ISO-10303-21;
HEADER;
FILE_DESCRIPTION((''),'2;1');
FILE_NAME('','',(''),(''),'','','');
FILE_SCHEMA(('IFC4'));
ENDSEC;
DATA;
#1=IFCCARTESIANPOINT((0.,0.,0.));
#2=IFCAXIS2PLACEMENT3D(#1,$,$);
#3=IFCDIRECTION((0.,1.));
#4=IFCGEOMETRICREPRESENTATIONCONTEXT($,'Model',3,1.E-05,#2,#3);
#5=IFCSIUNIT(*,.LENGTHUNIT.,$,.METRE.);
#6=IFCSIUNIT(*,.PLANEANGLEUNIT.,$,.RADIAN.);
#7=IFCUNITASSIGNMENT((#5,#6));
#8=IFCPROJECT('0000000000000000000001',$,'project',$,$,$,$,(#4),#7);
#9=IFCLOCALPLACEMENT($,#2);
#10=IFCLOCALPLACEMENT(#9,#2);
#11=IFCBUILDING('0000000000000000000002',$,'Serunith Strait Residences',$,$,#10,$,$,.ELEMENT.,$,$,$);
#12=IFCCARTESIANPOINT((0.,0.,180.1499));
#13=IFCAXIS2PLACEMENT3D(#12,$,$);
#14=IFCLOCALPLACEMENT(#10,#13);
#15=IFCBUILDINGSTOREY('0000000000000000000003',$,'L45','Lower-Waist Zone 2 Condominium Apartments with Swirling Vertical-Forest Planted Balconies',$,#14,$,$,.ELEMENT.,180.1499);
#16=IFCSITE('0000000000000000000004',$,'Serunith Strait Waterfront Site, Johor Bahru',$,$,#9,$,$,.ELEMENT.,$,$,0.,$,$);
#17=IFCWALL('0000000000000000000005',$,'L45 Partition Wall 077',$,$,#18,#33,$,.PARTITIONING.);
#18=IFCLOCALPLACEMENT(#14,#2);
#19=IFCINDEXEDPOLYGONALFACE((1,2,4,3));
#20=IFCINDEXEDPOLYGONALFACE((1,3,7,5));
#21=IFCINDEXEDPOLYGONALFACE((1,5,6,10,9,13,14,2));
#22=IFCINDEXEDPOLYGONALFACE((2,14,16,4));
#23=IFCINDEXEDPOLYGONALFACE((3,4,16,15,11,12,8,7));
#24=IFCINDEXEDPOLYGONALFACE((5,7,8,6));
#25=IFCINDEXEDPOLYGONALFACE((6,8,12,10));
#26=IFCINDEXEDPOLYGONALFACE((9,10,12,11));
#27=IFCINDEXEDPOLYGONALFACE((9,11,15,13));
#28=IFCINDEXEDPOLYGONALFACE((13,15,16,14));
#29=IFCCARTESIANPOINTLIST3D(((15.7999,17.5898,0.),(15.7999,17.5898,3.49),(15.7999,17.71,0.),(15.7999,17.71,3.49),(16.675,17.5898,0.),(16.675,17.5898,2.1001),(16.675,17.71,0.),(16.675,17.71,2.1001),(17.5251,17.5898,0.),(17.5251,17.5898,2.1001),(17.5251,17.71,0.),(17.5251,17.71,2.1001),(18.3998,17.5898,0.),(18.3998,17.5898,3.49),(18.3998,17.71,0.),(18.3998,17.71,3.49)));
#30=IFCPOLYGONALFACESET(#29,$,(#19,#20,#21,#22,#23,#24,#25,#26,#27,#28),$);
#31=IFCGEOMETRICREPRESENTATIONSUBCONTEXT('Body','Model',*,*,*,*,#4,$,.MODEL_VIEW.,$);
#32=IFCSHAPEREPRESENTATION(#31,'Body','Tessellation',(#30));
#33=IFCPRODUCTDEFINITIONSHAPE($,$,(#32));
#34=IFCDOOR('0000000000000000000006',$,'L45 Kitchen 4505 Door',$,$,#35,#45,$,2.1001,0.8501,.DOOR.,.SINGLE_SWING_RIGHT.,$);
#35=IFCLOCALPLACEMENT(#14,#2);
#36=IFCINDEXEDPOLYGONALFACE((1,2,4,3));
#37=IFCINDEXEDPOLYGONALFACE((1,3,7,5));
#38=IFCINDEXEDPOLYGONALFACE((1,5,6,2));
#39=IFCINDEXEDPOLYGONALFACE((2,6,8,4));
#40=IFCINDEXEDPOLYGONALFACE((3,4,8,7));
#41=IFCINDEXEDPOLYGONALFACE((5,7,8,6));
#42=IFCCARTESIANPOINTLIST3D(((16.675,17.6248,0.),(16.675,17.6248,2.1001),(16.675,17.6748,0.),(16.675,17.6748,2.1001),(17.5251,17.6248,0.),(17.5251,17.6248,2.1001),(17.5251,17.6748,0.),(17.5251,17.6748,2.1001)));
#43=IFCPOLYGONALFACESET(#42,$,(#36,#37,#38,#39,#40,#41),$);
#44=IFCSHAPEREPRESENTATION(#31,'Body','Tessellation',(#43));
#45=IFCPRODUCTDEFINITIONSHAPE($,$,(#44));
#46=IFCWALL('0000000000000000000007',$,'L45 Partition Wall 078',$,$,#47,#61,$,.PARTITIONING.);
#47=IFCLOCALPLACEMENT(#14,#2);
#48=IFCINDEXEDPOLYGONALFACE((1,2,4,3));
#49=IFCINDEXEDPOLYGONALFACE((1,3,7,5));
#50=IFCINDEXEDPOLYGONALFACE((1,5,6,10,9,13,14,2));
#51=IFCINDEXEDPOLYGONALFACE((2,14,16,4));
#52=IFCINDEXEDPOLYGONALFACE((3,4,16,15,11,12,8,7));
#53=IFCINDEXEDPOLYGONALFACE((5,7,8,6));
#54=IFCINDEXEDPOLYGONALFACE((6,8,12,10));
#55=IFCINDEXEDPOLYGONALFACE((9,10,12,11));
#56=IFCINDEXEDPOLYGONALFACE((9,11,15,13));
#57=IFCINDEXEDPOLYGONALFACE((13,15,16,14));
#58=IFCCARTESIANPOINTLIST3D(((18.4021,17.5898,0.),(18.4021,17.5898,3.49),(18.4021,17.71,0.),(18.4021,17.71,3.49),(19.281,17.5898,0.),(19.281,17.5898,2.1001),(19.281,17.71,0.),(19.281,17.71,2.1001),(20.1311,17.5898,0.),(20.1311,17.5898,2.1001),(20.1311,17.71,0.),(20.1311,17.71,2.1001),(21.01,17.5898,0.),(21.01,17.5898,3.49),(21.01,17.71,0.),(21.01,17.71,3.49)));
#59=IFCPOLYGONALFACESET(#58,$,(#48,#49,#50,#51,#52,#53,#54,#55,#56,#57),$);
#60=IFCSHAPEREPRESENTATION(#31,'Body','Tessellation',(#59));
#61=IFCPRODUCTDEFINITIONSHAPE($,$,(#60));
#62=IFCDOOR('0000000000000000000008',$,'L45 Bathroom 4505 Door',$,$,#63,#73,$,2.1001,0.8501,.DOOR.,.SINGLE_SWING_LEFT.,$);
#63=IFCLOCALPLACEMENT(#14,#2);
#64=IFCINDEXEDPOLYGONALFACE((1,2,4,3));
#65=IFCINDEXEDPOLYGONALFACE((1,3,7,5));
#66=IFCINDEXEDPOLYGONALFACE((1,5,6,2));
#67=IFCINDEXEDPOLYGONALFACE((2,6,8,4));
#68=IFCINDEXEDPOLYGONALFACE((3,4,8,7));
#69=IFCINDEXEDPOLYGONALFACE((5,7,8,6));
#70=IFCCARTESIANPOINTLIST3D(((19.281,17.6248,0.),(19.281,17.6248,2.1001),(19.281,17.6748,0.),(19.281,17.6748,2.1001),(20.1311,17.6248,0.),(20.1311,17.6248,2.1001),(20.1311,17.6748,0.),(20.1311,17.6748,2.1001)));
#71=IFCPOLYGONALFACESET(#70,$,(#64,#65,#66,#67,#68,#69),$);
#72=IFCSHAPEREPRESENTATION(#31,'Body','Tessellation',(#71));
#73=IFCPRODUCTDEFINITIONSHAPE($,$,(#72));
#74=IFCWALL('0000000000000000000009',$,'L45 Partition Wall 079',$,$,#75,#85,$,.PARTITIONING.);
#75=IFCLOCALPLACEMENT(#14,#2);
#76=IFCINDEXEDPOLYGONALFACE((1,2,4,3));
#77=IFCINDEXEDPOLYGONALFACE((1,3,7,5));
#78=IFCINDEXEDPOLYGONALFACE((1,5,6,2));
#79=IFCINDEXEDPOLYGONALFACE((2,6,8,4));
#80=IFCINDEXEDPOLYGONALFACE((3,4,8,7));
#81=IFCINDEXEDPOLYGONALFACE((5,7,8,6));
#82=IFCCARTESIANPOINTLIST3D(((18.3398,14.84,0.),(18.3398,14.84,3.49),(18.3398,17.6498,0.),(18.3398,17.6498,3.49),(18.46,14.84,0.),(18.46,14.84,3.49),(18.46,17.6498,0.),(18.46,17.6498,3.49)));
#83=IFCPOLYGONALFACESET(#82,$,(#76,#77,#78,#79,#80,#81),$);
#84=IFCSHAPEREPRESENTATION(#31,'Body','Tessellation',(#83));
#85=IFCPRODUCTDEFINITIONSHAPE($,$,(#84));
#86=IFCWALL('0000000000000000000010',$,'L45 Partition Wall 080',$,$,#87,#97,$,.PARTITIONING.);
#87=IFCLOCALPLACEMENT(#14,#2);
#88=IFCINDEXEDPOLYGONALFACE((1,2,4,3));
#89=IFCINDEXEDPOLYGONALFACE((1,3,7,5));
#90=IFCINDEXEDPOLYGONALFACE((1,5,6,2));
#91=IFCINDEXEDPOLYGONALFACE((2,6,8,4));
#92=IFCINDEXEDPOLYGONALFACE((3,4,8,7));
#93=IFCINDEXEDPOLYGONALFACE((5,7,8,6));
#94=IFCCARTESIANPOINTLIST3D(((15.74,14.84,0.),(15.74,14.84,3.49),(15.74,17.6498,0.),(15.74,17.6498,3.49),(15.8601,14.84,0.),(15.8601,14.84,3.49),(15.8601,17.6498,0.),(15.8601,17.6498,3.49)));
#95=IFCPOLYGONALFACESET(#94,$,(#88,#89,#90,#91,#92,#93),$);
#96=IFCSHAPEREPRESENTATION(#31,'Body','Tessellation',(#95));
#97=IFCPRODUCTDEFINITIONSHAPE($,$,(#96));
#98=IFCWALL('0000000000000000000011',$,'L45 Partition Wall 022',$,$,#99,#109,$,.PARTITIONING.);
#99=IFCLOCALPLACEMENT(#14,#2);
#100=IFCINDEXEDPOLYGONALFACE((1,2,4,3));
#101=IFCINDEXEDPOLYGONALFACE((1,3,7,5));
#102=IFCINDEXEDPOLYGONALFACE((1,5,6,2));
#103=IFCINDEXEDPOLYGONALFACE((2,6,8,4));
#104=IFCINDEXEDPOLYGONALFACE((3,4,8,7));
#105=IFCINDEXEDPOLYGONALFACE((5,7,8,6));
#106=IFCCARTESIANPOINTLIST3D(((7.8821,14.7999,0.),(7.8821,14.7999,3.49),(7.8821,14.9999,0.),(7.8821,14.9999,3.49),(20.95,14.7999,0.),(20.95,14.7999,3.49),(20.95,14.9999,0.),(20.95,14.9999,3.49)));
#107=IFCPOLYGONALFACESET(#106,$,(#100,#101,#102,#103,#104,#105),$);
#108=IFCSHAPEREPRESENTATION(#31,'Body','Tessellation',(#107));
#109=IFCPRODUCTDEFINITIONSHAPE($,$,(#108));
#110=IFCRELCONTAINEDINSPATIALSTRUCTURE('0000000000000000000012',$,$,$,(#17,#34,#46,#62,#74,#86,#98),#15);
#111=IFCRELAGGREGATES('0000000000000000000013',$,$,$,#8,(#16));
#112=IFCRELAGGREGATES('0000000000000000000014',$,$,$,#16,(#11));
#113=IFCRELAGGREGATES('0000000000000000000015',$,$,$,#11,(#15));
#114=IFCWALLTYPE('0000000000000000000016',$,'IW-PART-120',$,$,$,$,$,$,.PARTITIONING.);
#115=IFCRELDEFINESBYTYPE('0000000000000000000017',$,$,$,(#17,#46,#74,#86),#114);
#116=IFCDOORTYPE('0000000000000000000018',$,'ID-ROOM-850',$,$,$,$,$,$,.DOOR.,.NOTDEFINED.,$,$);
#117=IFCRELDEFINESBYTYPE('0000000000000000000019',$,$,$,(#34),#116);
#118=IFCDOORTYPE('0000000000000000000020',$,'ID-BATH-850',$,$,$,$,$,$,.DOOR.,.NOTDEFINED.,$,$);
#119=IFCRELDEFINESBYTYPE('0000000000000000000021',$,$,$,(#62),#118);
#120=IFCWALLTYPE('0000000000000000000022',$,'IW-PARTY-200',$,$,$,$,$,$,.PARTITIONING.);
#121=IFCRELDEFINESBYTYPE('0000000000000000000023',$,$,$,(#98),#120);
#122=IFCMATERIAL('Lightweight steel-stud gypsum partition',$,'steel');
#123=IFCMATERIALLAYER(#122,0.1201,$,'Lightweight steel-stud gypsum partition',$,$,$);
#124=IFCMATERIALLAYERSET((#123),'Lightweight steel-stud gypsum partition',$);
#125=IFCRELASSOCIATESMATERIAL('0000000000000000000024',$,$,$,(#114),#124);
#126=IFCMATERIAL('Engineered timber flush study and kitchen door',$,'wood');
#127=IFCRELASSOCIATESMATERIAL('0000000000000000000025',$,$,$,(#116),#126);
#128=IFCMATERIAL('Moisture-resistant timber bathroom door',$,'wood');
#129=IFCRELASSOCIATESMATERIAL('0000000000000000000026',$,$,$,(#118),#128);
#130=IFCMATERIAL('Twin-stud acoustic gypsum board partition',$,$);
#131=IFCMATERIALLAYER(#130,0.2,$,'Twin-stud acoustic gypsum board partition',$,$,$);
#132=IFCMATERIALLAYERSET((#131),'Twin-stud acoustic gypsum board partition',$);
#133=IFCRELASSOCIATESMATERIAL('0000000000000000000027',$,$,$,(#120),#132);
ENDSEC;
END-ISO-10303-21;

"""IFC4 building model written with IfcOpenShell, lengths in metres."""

from ifc_helpers import new_model, si_unit, direction, frame, frame_2d, origin, place, context, subcontext, project, spatial, rectangle, extrude, source, transform, mapped, material, layer, layer_set, type_object, element, fill, save


model = new_model("IFC4")

# Units and contexts
model_context = context("Model", 3, precision=1e-05, world=origin(), true_north=direction((0.0, 1.0)))
body_context = subcontext(model_context, "Body", "Model", "MODEL_VIEW")
ifc_project = project(units=[si_unit("LENGTHUNIT", "METRE"), si_unit("PLANEANGLEUNIT", "RADIAN")], contexts=[model_context])

# Site, building, storey
site_placement = place(None, origin())
site = spatial("IfcSite", under=ifc_project, at=site_placement, Name="Serunith Strait Waterfront Site, Johor Bahru", CompositionType="ELEMENT", RefElevation=0.0)
building_placement = place(site_placement, origin())
building = spatial("IfcBuilding", under=site, at=building_placement, Name="Serunith Strait Residences", CompositionType="ELEMENT")
storey_placement = place(building_placement, frame((0.0, 0.0, 180.1499)))
storey = spatial("IfcBuildingStorey", under=building, at=storey_placement, Name="L45", Description="Lower-Waist Zone 2 Condominium Apartments with Swirling Vertical-Forest Planted Balconies", CompositionType="ELEMENT", Elevation=180.1499)

# Shared definitions
ifc_material_1 = material(Name="Lightweight steel-stud gypsum partition", Category="steel")
ifc_layer_1 = layer(ifc_material_1, 0.1201, Name="Lightweight steel-stud gypsum partition")
ifc_layer_set_1 = layer_set([ifc_layer_1], Name="Lightweight steel-stud gypsum partition")
wall_type_1 = type_object("IfcWallType", Name="IW-PART-120", PredefinedType="PARTITIONING", material=ifc_layer_set_1)

# Walls, openings, doors
wall_1_placement = place(storey_placement, frame((15.8, 17.6499, 0.0), z_axis=(0.0, 0.0, 1.0), x_axis=(1.0, 0.0, 0.0)))
wall_1 = element("IfcWall", 1, at=wall_1_placement, inside=storey, type_object=wall_type_1, Name="L45 Partition Wall 077", PredefinedType="PARTITIONING", context=body_context, shape_type="SweptSolid", body=[
    extrude(rectangle(XDim=2.5999, YDim=0.1201, at=frame_2d((1.2998, 0.0))), origin(), (0.0, 0.0, 1.0), 3.49),
])
opening_1_placement = place(wall_1_placement, frame((0.875, 0.0, 0.0)))
opening_1 = element("IfcOpeningElement", 2, at=opening_1_placement, cuts=wall_1, PredefinedType="OPENING", context=body_context, shape_type="SweptSolid", body=[
    extrude(rectangle(XDim=0.8501, YDim=2.1001, at=frame_2d((0.425, 1.05))), frame((0.0, 0.0701, 0.0), z_axis=(0.0, -1.0, 0.0), x_axis=(1.0, 0.0, 0.0)), (0.0, 0.0, 1.0), 0.1401),
])
ifc_material_2 = material(Name="Engineered timber flush study and kitchen door", Category="wood")
door_type_1 = type_object("IfcDoorType", Name="ID-ROOM-850", OperationType="NOTDEFINED", PredefinedType="DOOR", material=ifc_material_2)
shared_shape_1 = source(origin(), body_context, "Body", "SweptSolid", [
    extrude(rectangle(XDim=0.8501, YDim=2.1001, at=frame_2d((0.425, 1.05))), frame((0.0, 0.0249, 0.0), z_axis=(0.0, -1.0, 0.0), x_axis=(1.0, 0.0, 0.0)), (0.0, 0.0, 1.0), 0.05),
])
door_1_placement = place(opening_1_placement, origin())
door_1 = element("IfcDoor", 3, at=door_1_placement, inside=storey, type_object=door_type_1, Name="L45 Kitchen 4505 Door", OperationType="SINGLE_SWING_RIGHT", OverallHeight=2.1001, OverallWidth=0.8501, PredefinedType="DOOR", context=body_context, shape_type="MappedRepresentation", body=[
    mapped(shared_shape_1, transform((0.0, 0.0, 0.0), scale=1.0)),
])
fill(opening_1, door_1)
wall_2_placement = place(storey_placement, frame((18.4021, 17.6499, 0.0), z_axis=(0.0, 0.0, 1.0), x_axis=(1.0, 0.0, 0.0)))
wall_2 = element("IfcWall", 4, at=wall_2_placement, inside=storey, type_object=wall_type_1, Name="L45 Partition Wall 078", PredefinedType="PARTITIONING", context=body_context, shape_type="SweptSolid", body=[
    extrude(rectangle(XDim=2.6079, YDim=0.1201, at=frame_2d((1.304, 0.0))), origin(), (0.0, 0.0, 1.0), 3.49),
])
opening_2_placement = place(wall_2_placement, frame((0.8789, 0.0, 0.0)))
opening_2 = element("IfcOpeningElement", 5, at=opening_2_placement, cuts=wall_2, PredefinedType="OPENING", context=body_context, shape_type="SweptSolid", body=[
    extrude(rectangle(XDim=0.8501, YDim=2.1001, at=frame_2d((0.425, 1.05))), frame((0.0, 0.0701, 0.0), z_axis=(0.0, -1.0, 0.0), x_axis=(1.0, 0.0, 0.0)), (0.0, 0.0, 1.0), 0.1401),
])
ifc_material_3 = material(Name="Moisture-resistant timber bathroom door", Category="wood")
door_type_2 = type_object("IfcDoorType", Name="ID-BATH-850", OperationType="NOTDEFINED", PredefinedType="DOOR", material=ifc_material_3)
door_2_placement = place(opening_2_placement, origin())
door_2 = element("IfcDoor", 6, at=door_2_placement, inside=storey, type_object=door_type_2, Name="L45 Bathroom 4505 Door", OperationType="SINGLE_SWING_LEFT", OverallHeight=2.1001, OverallWidth=0.8501, PredefinedType="DOOR", context=body_context, shape_type="MappedRepresentation", body=[
    mapped(shared_shape_1, transform((0.0, 0.0, 0.0), scale=1.0)),
])
fill(opening_2, door_2)

# Walls
for number, where, z_axis, x_axis, name in (
    (7, (18.3999, 14.8401, 0.0), (0.0, 0.0, 1.0), (0.0, 1.0, 0.0), "L45 Partition Wall 079"),
    (8, (15.8, 14.8401, 0.0), (0.0, 0.0, 1.0), (0.0, 1.0, 0.0), "L45 Partition Wall 080"),
):
    element("IfcWall", number, at=place(storey_placement, frame(where, z_axis=z_axis, x_axis=x_axis)), inside=storey, type_object=wall_type_1, Name=name, PredefinedType="PARTITIONING", context=body_context, shape_type="SweptSolid", body=[
        extrude(rectangle(XDim=2.8098, YDim=0.1201, at=frame_2d((1.4048, 0.0))), origin(), (0.0, 0.0, 1.0), 3.49),
    ])
ifc_material_4 = material(Name="Twin-stud acoustic gypsum board partition")
ifc_layer_2 = layer(ifc_material_4, 0.2, Name="Twin-stud acoustic gypsum board partition")
ifc_layer_set_2 = layer_set([ifc_layer_2], Name="Twin-stud acoustic gypsum board partition")
wall_type_2 = type_object("IfcWallType", Name="IW-PARTY-200", PredefinedType="PARTITIONING", material=ifc_layer_set_2)
wall_3_placement = place(storey_placement, frame((7.8821, 14.8999, 0.0), z_axis=(0.0, 0.0, 1.0), x_axis=(1.0, 0.0, 0.0)))
element("IfcWall", 9, at=wall_3_placement, inside=storey, type_object=wall_type_2, Name="L45 Partition Wall 022", PredefinedType="PARTITIONING", context=body_context, shape_type="SweptSolid", body=[
    extrude(rectangle(XDim=13.0679, YDim=0.2, at=frame_2d((6.5339, 0.0))), origin(), (0.0, 0.0, 1.0), 3.49),
])

save(model, "model.ifc")
